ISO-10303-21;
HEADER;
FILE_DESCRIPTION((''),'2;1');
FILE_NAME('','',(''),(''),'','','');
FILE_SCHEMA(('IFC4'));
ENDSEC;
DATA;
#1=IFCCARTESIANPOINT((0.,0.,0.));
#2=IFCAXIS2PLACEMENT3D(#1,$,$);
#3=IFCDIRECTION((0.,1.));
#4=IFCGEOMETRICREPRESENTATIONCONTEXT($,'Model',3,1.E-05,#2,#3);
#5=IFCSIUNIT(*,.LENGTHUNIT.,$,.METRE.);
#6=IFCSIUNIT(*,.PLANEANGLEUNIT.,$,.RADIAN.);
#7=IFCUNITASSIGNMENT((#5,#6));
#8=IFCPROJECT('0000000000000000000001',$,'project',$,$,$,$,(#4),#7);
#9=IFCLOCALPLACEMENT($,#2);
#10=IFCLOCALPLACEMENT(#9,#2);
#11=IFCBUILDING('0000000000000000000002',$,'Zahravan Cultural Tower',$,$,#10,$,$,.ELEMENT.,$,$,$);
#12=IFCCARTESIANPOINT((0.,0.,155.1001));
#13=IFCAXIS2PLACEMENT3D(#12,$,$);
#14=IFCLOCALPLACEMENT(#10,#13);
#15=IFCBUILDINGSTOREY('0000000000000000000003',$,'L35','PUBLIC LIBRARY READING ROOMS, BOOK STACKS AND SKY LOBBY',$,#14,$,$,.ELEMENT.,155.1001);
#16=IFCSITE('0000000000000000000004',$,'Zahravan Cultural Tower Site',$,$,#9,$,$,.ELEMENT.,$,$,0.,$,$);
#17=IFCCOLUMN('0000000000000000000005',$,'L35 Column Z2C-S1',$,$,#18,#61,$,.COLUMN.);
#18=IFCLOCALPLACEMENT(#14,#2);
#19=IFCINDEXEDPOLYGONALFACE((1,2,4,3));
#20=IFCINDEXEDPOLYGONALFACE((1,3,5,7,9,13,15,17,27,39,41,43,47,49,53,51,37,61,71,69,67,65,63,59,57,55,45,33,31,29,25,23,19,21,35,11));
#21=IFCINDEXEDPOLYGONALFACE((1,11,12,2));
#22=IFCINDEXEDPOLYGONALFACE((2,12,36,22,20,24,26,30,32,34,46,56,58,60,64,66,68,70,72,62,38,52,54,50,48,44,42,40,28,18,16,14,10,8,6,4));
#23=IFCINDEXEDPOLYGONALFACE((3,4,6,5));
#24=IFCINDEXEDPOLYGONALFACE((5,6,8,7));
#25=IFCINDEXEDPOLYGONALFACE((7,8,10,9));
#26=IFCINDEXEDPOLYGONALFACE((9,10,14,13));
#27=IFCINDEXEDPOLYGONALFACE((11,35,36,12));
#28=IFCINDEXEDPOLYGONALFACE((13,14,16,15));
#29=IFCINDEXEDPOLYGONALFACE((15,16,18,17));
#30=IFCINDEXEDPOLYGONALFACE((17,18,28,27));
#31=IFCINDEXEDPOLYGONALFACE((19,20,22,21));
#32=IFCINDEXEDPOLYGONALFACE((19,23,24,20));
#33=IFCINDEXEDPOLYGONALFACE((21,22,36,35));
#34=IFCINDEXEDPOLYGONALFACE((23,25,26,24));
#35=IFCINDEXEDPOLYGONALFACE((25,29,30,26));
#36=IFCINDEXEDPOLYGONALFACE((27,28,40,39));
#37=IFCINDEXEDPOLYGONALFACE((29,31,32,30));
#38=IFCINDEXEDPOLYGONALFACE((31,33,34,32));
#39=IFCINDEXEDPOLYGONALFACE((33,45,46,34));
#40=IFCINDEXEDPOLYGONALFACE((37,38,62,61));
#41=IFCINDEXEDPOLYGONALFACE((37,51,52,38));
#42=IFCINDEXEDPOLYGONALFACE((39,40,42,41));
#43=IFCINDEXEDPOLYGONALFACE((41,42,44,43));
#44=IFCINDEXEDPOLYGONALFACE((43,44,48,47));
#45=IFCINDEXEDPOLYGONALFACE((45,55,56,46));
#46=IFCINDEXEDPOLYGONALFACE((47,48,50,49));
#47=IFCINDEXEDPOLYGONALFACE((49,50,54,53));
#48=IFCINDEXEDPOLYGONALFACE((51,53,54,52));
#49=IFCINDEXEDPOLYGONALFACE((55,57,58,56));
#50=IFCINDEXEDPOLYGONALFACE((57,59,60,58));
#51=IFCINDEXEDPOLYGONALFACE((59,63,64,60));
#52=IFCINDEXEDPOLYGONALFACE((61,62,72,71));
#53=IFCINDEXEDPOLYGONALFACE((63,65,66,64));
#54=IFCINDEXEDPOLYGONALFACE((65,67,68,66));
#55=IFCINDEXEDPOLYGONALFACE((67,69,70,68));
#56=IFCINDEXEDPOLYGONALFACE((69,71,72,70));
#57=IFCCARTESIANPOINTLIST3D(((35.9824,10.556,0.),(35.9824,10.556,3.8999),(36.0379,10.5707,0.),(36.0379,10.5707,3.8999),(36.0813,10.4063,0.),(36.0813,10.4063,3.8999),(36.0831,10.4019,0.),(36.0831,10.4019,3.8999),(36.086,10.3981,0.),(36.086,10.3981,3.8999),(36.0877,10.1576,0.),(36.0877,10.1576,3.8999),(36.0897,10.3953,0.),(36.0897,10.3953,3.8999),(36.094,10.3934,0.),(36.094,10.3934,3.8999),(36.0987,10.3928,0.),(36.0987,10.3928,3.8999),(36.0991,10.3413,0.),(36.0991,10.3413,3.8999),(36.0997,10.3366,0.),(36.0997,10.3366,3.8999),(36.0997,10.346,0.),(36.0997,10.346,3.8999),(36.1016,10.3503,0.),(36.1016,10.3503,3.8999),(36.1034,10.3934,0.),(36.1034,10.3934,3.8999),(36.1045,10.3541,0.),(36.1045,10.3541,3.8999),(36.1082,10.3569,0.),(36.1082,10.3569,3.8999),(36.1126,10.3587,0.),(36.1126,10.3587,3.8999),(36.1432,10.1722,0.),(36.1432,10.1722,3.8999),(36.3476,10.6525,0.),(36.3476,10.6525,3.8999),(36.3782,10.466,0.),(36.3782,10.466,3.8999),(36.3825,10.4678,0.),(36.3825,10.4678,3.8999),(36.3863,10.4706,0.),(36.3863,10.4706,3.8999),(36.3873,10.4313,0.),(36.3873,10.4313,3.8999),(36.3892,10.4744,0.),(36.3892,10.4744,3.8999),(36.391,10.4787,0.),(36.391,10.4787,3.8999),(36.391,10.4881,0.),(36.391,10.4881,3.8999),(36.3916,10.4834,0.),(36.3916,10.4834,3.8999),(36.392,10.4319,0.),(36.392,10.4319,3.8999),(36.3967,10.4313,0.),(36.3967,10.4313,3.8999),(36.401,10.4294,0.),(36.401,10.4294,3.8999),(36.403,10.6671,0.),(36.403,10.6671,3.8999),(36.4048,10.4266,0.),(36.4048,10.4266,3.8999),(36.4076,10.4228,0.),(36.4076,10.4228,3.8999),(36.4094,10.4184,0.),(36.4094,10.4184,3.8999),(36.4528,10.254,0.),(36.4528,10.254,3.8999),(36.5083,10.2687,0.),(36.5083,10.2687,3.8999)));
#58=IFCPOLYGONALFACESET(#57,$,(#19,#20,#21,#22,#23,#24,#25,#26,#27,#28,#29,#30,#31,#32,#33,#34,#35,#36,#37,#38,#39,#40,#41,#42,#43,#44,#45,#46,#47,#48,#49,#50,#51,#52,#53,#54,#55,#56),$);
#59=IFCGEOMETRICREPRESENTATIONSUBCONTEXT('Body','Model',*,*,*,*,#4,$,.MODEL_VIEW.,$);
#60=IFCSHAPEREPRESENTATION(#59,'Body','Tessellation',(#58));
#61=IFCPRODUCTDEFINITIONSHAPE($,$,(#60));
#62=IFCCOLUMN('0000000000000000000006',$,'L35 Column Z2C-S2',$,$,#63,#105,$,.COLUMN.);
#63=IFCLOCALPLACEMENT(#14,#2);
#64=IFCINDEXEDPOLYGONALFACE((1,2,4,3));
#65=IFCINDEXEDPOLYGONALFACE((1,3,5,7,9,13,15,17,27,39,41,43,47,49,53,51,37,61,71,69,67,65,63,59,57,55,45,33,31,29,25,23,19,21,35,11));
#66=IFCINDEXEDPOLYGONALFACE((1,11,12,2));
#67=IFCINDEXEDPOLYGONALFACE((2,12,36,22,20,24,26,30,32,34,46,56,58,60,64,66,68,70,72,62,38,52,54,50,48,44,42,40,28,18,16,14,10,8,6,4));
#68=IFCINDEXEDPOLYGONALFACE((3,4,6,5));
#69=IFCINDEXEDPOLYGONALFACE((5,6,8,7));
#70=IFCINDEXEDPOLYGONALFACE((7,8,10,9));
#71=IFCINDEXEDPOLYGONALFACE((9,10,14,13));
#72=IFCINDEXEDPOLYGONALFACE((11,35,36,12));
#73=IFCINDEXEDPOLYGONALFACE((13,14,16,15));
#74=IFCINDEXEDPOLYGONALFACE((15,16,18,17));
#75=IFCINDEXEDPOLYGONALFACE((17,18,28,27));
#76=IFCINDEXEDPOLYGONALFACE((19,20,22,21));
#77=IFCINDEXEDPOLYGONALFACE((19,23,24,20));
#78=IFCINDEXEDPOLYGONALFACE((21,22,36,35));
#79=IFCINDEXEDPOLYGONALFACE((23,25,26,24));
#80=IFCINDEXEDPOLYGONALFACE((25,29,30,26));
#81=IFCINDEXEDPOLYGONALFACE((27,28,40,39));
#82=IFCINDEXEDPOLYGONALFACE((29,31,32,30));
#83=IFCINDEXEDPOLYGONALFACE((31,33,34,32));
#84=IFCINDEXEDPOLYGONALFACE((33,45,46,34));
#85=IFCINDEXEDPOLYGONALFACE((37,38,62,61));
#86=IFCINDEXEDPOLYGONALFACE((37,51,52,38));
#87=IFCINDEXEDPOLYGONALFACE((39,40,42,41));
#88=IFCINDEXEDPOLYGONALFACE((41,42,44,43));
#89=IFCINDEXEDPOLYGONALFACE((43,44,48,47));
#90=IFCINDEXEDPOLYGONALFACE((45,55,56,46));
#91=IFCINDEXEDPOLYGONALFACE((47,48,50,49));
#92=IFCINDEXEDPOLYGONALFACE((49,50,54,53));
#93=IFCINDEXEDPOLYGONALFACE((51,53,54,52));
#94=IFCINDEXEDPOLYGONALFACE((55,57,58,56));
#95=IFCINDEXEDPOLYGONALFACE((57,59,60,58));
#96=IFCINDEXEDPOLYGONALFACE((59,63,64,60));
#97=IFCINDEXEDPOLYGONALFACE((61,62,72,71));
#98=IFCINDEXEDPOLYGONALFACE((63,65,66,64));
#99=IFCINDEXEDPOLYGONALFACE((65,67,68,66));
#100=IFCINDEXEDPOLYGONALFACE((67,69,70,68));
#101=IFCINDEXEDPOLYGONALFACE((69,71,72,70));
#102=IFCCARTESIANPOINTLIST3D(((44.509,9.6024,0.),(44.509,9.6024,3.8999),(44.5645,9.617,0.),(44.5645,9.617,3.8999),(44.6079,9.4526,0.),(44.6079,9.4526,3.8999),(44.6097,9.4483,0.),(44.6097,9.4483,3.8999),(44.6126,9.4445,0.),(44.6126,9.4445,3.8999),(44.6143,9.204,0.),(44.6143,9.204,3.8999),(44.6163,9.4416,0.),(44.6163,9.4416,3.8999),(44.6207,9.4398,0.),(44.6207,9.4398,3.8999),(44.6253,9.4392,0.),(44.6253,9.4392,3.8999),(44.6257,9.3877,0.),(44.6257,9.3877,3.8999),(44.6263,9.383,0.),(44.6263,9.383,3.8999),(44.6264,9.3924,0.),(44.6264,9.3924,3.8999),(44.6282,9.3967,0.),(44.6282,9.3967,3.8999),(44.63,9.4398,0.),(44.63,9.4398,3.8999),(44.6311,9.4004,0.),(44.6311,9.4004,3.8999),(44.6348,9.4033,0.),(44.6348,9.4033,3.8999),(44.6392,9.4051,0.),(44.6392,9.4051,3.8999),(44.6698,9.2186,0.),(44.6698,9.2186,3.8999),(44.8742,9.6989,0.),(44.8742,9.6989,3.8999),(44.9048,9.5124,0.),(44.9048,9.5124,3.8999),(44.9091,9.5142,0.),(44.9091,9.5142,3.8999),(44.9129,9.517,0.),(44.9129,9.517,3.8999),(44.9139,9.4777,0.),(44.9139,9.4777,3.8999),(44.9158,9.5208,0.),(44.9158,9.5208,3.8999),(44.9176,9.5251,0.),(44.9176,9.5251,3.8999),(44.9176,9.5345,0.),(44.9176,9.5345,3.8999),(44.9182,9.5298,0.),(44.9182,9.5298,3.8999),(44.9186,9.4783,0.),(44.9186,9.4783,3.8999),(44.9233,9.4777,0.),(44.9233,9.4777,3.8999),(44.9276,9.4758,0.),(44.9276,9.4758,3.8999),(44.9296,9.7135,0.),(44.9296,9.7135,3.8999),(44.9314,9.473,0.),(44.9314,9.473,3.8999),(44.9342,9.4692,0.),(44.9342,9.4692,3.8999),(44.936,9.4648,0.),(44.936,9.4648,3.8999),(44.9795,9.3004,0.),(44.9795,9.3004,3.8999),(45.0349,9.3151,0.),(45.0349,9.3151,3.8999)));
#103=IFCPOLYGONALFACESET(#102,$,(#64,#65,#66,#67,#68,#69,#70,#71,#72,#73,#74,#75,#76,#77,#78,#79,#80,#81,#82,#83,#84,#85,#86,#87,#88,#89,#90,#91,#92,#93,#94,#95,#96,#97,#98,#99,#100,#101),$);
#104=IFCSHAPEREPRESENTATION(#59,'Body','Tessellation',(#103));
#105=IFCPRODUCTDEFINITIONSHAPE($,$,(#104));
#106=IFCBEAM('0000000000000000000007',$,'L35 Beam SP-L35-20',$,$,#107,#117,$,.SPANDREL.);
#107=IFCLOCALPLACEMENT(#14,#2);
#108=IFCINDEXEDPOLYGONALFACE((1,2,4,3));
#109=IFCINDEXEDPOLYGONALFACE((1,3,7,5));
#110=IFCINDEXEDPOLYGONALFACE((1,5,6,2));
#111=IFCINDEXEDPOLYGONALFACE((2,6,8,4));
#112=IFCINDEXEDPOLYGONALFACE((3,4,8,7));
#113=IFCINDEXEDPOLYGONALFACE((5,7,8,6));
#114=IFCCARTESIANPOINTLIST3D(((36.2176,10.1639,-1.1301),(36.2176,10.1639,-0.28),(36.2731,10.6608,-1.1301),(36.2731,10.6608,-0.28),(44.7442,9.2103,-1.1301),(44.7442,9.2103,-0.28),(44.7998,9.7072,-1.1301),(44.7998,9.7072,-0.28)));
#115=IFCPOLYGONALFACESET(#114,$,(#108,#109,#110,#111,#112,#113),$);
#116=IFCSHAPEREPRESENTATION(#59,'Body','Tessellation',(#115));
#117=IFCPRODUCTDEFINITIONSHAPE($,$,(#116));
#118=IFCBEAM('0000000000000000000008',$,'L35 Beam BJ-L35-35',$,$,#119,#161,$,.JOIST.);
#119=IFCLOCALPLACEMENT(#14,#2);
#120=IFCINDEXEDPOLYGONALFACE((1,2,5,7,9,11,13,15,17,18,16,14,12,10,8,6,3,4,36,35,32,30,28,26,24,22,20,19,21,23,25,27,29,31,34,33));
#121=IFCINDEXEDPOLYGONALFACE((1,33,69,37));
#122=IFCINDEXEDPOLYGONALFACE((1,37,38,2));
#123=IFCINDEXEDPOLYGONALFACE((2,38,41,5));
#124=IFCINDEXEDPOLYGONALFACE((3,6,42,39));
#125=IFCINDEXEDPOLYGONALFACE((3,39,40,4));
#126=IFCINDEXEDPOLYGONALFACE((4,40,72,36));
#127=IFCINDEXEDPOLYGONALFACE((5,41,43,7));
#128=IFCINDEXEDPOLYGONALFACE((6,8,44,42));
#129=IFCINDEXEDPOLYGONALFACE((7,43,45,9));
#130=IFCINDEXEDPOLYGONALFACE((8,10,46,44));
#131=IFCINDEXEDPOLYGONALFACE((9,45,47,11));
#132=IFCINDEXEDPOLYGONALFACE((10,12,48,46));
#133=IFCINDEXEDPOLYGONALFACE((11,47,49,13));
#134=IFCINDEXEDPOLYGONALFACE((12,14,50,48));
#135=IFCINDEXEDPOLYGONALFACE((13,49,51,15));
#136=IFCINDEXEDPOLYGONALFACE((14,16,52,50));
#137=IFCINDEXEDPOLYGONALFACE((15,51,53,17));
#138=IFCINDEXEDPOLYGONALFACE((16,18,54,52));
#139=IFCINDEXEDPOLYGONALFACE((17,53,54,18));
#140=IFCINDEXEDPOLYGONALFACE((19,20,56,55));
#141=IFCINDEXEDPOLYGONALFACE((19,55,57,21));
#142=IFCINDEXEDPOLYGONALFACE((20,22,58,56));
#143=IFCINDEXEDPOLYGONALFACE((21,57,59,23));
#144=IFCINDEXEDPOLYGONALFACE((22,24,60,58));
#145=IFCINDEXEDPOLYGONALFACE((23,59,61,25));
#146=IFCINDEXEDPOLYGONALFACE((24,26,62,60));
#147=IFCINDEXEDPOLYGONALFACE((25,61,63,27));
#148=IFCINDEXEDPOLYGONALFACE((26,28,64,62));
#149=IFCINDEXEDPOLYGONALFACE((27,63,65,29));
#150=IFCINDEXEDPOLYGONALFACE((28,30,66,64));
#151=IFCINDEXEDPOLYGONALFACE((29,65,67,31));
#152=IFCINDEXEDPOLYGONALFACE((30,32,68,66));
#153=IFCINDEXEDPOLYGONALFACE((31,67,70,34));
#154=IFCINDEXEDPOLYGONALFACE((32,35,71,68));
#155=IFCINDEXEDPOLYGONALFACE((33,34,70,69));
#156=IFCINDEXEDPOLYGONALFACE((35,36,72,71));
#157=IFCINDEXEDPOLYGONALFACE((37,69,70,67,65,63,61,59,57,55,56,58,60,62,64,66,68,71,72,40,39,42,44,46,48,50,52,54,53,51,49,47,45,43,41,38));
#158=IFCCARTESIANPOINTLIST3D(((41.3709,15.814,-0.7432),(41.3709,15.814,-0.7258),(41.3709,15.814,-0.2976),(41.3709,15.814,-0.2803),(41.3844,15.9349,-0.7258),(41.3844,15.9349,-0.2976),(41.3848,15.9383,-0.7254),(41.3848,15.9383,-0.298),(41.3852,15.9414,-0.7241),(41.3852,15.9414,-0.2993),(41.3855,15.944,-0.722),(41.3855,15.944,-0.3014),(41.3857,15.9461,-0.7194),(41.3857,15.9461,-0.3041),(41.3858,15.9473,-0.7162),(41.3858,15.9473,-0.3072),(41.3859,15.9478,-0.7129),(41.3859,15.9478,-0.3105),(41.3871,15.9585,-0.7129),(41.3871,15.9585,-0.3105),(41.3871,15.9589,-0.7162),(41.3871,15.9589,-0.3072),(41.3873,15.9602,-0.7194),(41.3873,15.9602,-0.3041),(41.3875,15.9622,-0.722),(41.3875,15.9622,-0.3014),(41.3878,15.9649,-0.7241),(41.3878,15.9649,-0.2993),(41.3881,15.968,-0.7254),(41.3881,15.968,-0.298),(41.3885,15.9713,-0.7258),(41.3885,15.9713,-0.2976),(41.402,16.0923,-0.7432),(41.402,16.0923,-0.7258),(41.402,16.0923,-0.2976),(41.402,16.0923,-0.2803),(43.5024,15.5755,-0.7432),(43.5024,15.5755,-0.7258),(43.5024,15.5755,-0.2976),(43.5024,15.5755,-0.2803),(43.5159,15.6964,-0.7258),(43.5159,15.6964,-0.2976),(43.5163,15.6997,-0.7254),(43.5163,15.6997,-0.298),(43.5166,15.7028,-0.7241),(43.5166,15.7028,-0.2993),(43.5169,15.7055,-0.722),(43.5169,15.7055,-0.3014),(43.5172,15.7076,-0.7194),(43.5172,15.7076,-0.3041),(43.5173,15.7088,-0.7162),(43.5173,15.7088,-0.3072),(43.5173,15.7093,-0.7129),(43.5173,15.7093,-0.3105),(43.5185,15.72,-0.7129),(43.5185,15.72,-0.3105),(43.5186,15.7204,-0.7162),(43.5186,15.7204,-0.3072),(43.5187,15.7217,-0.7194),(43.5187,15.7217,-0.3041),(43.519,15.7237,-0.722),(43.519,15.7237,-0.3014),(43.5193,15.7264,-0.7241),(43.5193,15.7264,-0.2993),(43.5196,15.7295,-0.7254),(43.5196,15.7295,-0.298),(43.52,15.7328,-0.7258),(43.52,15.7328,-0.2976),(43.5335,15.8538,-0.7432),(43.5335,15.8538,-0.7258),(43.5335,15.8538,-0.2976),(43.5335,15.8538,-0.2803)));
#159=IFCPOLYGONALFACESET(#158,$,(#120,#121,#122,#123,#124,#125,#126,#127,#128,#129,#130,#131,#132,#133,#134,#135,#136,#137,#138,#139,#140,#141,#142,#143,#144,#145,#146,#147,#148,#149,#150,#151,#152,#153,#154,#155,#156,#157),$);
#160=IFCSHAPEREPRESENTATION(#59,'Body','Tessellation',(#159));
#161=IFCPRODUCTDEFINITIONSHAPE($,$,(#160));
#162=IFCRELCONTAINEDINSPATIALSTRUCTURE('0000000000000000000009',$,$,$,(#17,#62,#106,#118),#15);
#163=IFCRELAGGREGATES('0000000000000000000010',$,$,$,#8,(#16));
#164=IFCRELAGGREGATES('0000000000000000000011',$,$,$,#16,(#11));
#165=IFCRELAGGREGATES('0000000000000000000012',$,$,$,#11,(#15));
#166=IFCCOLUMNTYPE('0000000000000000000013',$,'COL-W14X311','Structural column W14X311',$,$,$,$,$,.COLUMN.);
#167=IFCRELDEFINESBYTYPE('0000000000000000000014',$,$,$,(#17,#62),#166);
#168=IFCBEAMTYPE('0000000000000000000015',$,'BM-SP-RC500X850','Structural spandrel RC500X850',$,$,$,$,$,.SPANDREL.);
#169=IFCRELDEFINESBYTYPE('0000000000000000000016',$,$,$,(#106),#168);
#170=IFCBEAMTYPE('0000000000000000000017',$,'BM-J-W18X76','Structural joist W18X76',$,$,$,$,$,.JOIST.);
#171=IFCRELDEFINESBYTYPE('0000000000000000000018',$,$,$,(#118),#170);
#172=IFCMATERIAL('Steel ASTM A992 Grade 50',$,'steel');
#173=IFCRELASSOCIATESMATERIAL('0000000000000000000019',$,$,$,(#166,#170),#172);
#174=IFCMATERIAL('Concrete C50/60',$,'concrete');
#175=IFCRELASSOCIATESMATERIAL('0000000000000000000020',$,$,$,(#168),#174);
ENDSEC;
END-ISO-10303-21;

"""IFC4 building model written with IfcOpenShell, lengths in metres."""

from ifc_helpers import new_model, si_unit, direction, frame, origin, origin_2d, place, context, subcontext, project, spatial, rectangle, i_section, extrude, source, transform, mapped, material, material_profile, profile_set, type_object, element, save


model = new_model("IFC4")

# Units and contexts
model_context = context("Model", 3, precision=1e-05, world=origin(), true_north=direction((0.0, 1.0)))
body_context = subcontext(model_context, "Body", "Model", "MODEL_VIEW")
ifc_project = project(units=[si_unit("LENGTHUNIT", "METRE"), si_unit("PLANEANGLEUNIT", "RADIAN")], contexts=[model_context])

# Site, building, storey
site_placement = place(None, origin())
site = spatial("IfcSite", under=ifc_project, at=site_placement, Name="Zahravan Cultural Tower Site", CompositionType="ELEMENT", RefElevation=0.0)
building_placement = place(site_placement, origin())
building = spatial("IfcBuilding", under=site, at=building_placement, Name="Zahravan Cultural Tower", CompositionType="ELEMENT")
storey_placement = place(building_placement, frame((0.0, 0.0, 155.1001)))
storey = spatial("IfcBuildingStorey", under=building, at=storey_placement, Name="L35", Description="PUBLIC LIBRARY READING ROOMS, BOOK STACKS AND SKY LOBBY", CompositionType="ELEMENT", Elevation=155.1001)

# Columns
ifc_material_1 = material(Name="Steel ASTM A992 Grade 50", Category="steel")
ifc_material_profile_1 = material_profile(ifc_material_1, i_section(OverallWidth=0.4121, OverallDepth=0.4351, WebThickness=0.0359, FlangeThickness=0.0574, FilletRadius=0.0181, at=origin_2d()), Name="W14X311")
ifc_profile_set_1 = profile_set([ifc_material_profile_1], Name="Steel ASTM A992 Grade 50")
column_type = type_object("IfcColumnType", Name="COL-W14X311", Description="Structural column W14X311", PredefinedType="COLUMN", material=ifc_profile_set_1)
shared_shape_1 = source(origin(), body_context, "Body", "SweptSolid", [
    extrude(i_section(OverallWidth=0.4121, OverallDepth=0.4351, WebThickness=0.0359, FlangeThickness=0.0574, FilletRadius=0.0181, at=origin_2d()), origin(), (0.0, 0.0, 1.0), 3.8999),
])
for number, where, z_axis, x_axis, name in (
    (1, (36.2454, 10.4124, 0.0), (0.0, 0.0, 1.0), (-0.255446, 0.966823, 0.0), "L35 Column Z2C-S1"),
    (2, (44.772, 9.4587, 0.0), (0.0, 0.0, 1.0), (-0.255446, 0.966823, 0.0), "L35 Column Z2C-S2"),
):
    element("IfcColumn", number, at=place(storey_placement, frame(where, z_axis=z_axis, x_axis=x_axis)), inside=storey, type_object=column_type, Name=name, PredefinedType="COLUMN", context=body_context, shape_type="MappedRepresentation", body=[
        mapped(shared_shape_1, transform((0.0, 0.0, 0.0), x_axis=(1.0, 0.0, 0.0), y_axis=(0.0, 1.0, 0.0), z_axis=(0.0, 0.0, 1.0), scale=1.0)),
    ])

# Beams
ifc_material_2 = material(Name="Concrete C50/60", Category="concrete")
ifc_material_profile_2 = material_profile(ifc_material_2, rectangle(XDim=0.5, YDim=0.8501, at=origin_2d()), Name="RC500X850")
ifc_profile_set_2 = profile_set([ifc_material_profile_2], Name="Concrete C50/60")
beam_type_1 = type_object("IfcBeamType", Name="BM-SP-RC500X850", Description="Structural spandrel RC500X850", PredefinedType="SPANDREL", material=ifc_profile_set_2)
shared_shape_2 = source(origin(), body_context, "Body", "SweptSolid", [
    extrude(rectangle(XDim=0.5, YDim=0.8501, at=origin_2d()), origin(), (0.0, 0.0, 1.0), 8.5798),
])
beam_1_placement = place(storey_placement, frame((36.2454, 10.4124, -0.7051), z_axis=(0.993804, -0.111147, 0.0), x_axis=(0.111147, 0.993804, 0.0)))
element("IfcBeam", 3, at=beam_1_placement, inside=storey, type_object=beam_type_1, Name="L35 Beam SP-L35-20", PredefinedType="SPANDREL", context=body_context, shape_type="MappedRepresentation", body=[
    mapped(shared_shape_2, transform((0.0, 0.0, 0.0), x_axis=(1.0, 0.0, 0.0), y_axis=(0.0, 1.0, 0.0), z_axis=(0.0, 0.0, 1.0), scale=1.0)),
])
ifc_material_profile_3 = material_profile(ifc_material_1, i_section(OverallWidth=0.28, OverallDepth=0.4629, WebThickness=0.0107, FlangeThickness=0.0173, FilletRadius=0.0129, at=origin_2d()), Name="W18X76")
ifc_profile_set_3 = profile_set([ifc_material_profile_3], Name="Steel ASTM A992 Grade 50")
beam_type_2 = type_object("IfcBeamType", Name="BM-J-W18X76", Description="Structural joist W18X76", PredefinedType="JOIST", material=ifc_profile_set_3)
shared_shape_3 = source(origin(), body_context, "Body", "SweptSolid", [
    extrude(i_section(OverallWidth=0.28, OverallDepth=0.4629, WebThickness=0.0107, FlangeThickness=0.0173, FilletRadius=0.0129, at=origin_2d()), origin(), (0.0, 0.0, 1.0), 2.1448),
])
beam_2_placement = place(storey_placement, frame((41.3865, 15.9531, -0.5117), z_axis=(0.993797, -0.111206, 0.0), x_axis=(0.111206, 0.993797, 0.0)))
element("IfcBeam", 4, at=beam_2_placement, inside=storey, type_object=beam_type_2, Name="L35 Beam BJ-L35-35", PredefinedType="JOIST", context=body_context, shape_type="MappedRepresentation", body=[
    mapped(shared_shape_3, transform((0.0, 0.0, 0.0), x_axis=(1.0, 0.0, 0.0), y_axis=(0.0, 1.0, 0.0), z_axis=(0.0, 0.0, 1.0), scale=1.0)),
])

save(model, "model.ifc")
